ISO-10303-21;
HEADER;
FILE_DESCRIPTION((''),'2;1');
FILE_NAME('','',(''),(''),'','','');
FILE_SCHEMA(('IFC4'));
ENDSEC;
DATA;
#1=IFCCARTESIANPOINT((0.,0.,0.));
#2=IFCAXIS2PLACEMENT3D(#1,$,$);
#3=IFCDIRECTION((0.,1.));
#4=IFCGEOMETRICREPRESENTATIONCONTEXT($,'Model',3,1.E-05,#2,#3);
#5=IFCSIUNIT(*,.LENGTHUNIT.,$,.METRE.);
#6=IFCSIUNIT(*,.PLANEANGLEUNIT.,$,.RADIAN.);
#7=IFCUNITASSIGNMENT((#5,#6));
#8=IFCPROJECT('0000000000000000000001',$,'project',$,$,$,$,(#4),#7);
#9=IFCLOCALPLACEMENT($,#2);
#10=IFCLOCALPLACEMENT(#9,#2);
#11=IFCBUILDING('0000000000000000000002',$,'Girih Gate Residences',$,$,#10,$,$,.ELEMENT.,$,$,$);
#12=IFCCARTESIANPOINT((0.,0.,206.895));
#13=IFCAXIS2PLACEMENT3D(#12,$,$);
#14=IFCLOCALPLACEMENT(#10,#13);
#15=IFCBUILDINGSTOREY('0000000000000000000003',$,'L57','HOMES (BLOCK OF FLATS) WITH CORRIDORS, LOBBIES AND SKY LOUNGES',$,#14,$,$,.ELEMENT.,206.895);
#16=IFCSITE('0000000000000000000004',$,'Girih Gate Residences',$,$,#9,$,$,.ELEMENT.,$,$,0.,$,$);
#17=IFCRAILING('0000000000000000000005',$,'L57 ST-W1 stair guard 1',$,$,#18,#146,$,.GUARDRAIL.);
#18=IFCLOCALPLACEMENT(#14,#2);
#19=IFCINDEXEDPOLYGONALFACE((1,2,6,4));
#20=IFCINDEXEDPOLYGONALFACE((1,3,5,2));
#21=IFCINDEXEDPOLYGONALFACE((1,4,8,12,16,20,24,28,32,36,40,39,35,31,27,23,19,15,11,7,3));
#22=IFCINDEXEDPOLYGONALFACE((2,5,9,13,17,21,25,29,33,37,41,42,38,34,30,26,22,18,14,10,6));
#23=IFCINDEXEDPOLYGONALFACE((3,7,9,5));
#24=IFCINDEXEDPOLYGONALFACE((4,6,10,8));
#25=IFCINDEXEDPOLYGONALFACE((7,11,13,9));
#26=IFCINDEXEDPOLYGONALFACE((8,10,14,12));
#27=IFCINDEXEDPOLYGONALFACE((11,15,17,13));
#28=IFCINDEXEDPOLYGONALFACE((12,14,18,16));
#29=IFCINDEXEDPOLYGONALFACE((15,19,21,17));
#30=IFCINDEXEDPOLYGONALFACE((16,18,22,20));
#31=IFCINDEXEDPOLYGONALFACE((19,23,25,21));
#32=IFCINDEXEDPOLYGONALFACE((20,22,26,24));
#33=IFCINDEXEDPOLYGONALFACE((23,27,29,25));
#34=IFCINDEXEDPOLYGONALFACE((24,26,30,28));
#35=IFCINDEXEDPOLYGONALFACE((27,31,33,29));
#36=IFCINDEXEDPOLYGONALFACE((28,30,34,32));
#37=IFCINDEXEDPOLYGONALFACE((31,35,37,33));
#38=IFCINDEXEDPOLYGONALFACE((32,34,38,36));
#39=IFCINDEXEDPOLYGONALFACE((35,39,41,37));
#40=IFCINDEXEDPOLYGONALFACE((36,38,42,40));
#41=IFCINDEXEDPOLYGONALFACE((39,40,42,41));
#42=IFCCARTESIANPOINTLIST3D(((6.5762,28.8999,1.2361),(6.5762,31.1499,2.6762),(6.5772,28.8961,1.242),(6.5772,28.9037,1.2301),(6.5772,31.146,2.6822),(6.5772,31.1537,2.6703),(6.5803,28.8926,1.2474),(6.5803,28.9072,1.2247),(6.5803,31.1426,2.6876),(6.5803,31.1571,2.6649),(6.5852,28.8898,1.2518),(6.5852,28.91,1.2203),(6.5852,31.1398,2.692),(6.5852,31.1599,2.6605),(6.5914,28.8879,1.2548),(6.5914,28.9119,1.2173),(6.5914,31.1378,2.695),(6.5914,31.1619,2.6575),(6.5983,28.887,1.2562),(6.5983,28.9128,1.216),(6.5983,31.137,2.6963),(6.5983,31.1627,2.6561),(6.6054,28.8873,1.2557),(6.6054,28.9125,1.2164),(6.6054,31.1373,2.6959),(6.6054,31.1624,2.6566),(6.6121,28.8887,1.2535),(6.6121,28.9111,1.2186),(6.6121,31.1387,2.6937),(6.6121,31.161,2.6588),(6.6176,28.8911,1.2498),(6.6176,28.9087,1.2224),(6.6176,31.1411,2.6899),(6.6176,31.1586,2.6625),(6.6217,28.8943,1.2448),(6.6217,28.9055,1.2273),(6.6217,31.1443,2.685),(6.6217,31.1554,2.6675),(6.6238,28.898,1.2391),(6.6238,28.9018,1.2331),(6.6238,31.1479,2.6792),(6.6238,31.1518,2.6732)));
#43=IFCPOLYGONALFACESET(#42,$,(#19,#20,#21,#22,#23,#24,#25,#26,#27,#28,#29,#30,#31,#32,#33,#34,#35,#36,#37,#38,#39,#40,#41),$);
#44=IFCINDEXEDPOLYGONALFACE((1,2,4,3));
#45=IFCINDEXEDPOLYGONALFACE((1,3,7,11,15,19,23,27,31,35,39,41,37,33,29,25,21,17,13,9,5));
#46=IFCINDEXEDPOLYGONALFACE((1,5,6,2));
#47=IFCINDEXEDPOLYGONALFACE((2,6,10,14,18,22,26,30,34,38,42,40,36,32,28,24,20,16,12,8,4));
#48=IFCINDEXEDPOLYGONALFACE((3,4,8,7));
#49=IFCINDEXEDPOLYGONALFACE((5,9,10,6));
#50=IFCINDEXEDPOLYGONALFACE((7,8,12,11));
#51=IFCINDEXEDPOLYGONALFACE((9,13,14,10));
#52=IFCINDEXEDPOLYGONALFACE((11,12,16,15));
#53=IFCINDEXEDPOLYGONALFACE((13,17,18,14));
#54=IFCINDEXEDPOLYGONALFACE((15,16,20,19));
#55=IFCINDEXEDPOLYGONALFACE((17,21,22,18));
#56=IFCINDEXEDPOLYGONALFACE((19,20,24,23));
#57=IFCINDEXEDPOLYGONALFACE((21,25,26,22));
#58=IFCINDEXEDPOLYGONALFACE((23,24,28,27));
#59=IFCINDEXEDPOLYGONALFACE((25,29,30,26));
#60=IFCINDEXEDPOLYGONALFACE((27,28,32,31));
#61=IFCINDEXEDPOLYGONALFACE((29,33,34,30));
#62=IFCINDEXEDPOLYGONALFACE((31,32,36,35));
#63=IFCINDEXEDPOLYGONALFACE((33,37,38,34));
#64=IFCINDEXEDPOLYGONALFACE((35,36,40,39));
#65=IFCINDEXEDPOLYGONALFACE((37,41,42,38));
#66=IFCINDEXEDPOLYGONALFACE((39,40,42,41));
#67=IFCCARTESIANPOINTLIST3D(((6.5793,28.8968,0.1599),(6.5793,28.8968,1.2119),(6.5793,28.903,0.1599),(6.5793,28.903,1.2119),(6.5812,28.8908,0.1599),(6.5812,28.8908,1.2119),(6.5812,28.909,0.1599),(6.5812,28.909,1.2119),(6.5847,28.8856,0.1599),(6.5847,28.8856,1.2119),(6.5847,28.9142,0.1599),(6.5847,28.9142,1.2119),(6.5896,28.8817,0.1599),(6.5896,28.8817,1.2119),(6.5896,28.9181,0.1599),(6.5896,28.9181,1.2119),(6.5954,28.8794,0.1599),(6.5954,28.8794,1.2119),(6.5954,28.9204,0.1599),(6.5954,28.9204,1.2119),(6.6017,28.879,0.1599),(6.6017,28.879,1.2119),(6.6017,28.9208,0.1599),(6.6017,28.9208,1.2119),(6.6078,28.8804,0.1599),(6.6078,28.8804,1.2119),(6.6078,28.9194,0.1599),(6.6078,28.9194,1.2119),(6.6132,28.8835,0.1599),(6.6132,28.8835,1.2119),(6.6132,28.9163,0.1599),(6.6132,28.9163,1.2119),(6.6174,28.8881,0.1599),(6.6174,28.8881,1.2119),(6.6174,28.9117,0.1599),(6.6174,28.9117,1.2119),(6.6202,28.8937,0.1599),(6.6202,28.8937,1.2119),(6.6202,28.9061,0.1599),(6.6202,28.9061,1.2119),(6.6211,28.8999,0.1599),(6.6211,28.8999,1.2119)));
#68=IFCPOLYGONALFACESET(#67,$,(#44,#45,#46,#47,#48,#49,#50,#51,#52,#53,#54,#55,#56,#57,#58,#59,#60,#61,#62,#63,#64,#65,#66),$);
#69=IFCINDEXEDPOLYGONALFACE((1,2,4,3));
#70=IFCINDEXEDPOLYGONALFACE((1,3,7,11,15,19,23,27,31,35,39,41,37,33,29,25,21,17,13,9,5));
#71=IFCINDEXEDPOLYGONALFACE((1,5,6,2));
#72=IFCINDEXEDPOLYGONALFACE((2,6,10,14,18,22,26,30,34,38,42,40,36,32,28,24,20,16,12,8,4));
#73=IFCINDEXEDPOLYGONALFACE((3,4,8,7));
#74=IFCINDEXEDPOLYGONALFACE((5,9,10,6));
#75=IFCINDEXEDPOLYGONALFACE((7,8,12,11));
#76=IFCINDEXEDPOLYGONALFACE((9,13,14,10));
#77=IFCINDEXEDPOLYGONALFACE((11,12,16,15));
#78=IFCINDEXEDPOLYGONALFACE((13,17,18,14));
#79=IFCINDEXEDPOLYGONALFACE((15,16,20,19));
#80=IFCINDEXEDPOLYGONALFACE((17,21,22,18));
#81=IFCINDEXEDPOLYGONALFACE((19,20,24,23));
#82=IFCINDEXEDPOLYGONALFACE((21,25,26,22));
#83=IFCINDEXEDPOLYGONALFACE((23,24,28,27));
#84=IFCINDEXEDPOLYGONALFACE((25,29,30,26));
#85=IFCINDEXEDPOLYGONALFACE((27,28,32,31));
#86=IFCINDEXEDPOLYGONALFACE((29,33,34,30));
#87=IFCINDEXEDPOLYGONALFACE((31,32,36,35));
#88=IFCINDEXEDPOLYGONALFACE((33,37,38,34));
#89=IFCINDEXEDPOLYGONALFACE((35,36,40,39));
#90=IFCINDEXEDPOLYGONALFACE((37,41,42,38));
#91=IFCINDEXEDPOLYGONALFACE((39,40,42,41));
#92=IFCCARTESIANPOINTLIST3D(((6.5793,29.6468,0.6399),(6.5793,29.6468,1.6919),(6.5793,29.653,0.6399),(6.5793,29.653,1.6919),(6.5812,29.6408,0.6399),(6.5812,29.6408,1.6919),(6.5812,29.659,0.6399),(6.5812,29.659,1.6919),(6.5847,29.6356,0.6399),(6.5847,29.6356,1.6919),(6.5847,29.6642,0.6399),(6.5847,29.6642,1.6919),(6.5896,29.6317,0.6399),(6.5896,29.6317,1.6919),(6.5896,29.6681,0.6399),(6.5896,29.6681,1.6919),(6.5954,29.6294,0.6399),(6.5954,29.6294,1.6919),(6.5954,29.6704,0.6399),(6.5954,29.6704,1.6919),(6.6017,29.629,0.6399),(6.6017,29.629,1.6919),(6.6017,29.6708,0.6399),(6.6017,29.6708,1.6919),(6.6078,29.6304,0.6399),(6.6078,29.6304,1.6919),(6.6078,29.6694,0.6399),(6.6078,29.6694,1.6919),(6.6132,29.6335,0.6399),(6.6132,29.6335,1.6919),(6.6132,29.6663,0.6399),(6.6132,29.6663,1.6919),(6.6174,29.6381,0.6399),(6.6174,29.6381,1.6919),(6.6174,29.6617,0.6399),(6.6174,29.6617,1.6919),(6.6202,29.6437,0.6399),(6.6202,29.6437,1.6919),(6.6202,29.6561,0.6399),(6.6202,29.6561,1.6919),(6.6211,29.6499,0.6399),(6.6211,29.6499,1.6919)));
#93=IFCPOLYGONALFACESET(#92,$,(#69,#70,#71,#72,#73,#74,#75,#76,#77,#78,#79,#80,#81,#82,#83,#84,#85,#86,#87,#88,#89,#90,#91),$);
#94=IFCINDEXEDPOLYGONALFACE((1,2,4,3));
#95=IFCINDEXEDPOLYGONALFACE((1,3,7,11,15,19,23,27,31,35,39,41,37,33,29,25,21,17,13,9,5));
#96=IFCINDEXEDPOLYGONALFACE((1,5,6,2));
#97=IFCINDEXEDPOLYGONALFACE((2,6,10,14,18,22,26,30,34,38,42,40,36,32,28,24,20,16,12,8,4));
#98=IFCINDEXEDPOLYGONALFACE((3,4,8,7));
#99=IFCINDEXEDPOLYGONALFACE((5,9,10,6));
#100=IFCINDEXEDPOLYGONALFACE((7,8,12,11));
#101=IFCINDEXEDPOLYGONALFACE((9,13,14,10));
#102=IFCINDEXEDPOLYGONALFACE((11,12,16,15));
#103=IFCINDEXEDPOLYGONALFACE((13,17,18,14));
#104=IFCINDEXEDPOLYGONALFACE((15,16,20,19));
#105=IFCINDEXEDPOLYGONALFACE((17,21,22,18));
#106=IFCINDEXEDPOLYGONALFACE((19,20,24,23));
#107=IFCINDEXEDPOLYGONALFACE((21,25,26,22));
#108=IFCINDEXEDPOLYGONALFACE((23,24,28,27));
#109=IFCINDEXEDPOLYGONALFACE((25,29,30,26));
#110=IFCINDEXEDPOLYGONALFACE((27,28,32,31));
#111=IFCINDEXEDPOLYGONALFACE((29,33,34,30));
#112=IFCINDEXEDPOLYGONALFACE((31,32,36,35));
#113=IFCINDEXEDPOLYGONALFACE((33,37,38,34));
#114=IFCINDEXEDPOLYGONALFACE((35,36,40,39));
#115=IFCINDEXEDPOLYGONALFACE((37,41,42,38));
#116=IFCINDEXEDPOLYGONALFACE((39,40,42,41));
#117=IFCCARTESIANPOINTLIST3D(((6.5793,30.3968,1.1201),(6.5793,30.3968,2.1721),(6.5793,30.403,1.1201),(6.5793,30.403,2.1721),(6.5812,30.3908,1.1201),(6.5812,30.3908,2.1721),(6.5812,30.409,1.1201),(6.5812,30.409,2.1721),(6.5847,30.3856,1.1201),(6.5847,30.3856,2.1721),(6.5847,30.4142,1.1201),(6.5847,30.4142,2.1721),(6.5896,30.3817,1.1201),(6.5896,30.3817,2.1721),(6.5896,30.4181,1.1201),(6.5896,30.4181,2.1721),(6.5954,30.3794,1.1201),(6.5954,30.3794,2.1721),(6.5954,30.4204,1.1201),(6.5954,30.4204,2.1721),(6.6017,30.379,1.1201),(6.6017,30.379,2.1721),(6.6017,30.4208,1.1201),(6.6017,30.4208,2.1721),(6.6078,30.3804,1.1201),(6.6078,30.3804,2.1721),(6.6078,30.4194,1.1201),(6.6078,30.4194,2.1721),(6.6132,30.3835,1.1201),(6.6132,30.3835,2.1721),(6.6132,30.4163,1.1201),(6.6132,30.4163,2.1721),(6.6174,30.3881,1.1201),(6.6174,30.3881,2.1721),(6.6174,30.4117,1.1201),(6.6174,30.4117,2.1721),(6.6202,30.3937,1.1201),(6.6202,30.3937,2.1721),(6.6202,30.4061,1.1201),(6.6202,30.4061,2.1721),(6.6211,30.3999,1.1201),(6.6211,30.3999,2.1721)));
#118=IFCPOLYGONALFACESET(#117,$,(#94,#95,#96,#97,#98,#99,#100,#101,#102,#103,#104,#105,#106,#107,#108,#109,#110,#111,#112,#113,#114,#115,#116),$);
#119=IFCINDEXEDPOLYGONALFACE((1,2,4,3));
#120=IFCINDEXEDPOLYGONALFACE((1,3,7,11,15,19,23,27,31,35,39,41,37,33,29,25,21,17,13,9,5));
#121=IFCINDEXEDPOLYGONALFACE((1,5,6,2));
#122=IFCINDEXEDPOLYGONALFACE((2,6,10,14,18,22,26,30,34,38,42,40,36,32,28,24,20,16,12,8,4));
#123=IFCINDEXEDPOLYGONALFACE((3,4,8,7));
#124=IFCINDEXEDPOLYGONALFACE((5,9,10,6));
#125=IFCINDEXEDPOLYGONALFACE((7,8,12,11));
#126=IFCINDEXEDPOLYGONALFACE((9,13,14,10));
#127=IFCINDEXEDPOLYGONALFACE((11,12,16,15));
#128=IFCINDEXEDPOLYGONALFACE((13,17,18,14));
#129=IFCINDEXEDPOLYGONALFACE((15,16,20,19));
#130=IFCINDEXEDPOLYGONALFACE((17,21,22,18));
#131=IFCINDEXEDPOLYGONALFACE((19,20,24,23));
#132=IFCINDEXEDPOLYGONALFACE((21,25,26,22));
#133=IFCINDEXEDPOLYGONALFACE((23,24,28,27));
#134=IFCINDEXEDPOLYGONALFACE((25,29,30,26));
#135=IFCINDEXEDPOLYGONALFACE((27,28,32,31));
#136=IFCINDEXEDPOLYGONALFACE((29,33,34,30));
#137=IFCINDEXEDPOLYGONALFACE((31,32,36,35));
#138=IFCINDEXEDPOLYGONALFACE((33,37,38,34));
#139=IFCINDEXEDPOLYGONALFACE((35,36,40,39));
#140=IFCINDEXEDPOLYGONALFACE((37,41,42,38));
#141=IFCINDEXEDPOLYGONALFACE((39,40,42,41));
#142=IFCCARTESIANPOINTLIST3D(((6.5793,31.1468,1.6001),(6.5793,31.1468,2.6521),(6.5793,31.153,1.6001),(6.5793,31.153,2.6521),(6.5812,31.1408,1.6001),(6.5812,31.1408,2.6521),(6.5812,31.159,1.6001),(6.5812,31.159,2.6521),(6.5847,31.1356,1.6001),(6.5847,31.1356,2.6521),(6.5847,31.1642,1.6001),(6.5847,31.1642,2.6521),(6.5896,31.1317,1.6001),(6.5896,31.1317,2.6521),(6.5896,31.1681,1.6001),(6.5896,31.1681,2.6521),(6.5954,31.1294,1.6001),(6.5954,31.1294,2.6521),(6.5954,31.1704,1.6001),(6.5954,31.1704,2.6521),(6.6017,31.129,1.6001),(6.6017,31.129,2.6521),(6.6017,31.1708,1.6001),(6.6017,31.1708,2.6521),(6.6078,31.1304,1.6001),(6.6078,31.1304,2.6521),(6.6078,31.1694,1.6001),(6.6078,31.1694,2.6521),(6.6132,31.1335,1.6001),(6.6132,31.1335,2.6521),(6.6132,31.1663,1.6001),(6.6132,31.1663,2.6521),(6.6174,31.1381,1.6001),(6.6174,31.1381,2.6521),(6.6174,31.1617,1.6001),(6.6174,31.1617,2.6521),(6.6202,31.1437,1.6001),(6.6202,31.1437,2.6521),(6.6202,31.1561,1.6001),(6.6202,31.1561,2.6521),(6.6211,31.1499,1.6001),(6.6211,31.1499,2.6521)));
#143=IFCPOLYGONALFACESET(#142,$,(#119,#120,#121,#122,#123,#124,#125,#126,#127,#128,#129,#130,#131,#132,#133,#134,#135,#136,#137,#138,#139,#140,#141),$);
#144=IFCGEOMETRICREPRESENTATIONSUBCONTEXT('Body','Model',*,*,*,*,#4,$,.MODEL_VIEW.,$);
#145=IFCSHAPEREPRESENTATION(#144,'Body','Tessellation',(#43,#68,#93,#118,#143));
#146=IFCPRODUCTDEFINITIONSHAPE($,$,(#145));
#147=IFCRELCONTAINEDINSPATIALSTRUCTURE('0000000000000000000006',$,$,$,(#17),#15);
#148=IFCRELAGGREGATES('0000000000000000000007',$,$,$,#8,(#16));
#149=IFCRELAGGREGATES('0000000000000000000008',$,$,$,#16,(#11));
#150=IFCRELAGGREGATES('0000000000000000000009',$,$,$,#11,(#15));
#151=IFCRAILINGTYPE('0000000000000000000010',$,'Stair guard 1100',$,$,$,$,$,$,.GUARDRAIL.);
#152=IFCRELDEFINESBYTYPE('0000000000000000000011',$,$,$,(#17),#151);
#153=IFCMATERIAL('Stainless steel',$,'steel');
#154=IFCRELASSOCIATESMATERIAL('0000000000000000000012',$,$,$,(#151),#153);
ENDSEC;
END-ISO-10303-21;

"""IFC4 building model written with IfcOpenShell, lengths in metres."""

from ifc_helpers import new_model, si_unit, direction, frame, origin, origin_2d, place, context, subcontext, project, spatial, circle, extrude, material, type_object, element, save


model = new_model("IFC4")

# Units and contexts
model_context = context("Model", 3, precision=1e-05, world=origin(), true_north=direction((0.0, 1.0)))
body_context = subcontext(model_context, "Body", "Model", "MODEL_VIEW")
ifc_project = project(units=[si_unit("LENGTHUNIT", "METRE"), si_unit("PLANEANGLEUNIT", "RADIAN")], contexts=[model_context])

# Site, building, storey
site_placement = place(None, origin())
site = spatial("IfcSite", under=ifc_project, at=site_placement, Name="Girih Gate Residences", CompositionType="ELEMENT", RefElevation=0.0)
building_placement = place(site_placement, origin())
building = spatial("IfcBuilding", under=site, at=building_placement, Name="Girih Gate Residences", CompositionType="ELEMENT")
storey_placement = place(building_placement, frame((0.0, 0.0, 206.895)))
storey = spatial("IfcBuildingStorey", under=building, at=storey_placement, Name="L57", Description="HOMES (BLOCK OF FLATS) WITH CORRIDORS, LOBBIES AND SKY LOUNGES", CompositionType="ELEMENT", Elevation=206.895)

# Railing
ifc_material_1 = material(Name="Stainless steel", Category="steel")
railing_type_1 = type_object("IfcRailingType", Name="Stair guard 1100", PredefinedType="GUARDRAIL", material=ifc_material_1)
railing_1_placement = place(storey_placement, frame((6.6001, 28.8999, 0.1599)))
element("IfcRailing", 1, at=railing_1_placement, inside=storey, type_object=railing_type_1, Name="L57 ST-W1 stair guard 1", PredefinedType="GUARDRAIL", context=body_context, shape_type="SweptSolid", body=[
    extrude(circle(Radius=0.0239, at=origin_2d()), frame((0.0, 0.0, 1.0762), z_axis=(0.0, 0.84224, 0.539103), x_axis=(-1.0, 0.0, 0.0)), (0.0, 0.0, 1.0), 2.6714),
    extrude(circle(Radius=0.021, at=origin_2d()), origin(), (0.0, 0.0, 1.0), 1.052),
    extrude(circle(Radius=0.021, at=origin_2d()), frame((0.0, 0.75, 0.48)), (0.0, 0.0, 1.0), 1.052),
    extrude(circle(Radius=0.021, at=origin_2d()), frame((0.0, 1.5, 0.9602)), (0.0, 0.0, 1.0), 1.052),
    extrude(circle(Radius=0.021, at=origin_2d()), frame((0.0, 2.25, 1.4402)), (0.0, 0.0, 1.0), 1.052),
])

save(model, "model.ifc")
